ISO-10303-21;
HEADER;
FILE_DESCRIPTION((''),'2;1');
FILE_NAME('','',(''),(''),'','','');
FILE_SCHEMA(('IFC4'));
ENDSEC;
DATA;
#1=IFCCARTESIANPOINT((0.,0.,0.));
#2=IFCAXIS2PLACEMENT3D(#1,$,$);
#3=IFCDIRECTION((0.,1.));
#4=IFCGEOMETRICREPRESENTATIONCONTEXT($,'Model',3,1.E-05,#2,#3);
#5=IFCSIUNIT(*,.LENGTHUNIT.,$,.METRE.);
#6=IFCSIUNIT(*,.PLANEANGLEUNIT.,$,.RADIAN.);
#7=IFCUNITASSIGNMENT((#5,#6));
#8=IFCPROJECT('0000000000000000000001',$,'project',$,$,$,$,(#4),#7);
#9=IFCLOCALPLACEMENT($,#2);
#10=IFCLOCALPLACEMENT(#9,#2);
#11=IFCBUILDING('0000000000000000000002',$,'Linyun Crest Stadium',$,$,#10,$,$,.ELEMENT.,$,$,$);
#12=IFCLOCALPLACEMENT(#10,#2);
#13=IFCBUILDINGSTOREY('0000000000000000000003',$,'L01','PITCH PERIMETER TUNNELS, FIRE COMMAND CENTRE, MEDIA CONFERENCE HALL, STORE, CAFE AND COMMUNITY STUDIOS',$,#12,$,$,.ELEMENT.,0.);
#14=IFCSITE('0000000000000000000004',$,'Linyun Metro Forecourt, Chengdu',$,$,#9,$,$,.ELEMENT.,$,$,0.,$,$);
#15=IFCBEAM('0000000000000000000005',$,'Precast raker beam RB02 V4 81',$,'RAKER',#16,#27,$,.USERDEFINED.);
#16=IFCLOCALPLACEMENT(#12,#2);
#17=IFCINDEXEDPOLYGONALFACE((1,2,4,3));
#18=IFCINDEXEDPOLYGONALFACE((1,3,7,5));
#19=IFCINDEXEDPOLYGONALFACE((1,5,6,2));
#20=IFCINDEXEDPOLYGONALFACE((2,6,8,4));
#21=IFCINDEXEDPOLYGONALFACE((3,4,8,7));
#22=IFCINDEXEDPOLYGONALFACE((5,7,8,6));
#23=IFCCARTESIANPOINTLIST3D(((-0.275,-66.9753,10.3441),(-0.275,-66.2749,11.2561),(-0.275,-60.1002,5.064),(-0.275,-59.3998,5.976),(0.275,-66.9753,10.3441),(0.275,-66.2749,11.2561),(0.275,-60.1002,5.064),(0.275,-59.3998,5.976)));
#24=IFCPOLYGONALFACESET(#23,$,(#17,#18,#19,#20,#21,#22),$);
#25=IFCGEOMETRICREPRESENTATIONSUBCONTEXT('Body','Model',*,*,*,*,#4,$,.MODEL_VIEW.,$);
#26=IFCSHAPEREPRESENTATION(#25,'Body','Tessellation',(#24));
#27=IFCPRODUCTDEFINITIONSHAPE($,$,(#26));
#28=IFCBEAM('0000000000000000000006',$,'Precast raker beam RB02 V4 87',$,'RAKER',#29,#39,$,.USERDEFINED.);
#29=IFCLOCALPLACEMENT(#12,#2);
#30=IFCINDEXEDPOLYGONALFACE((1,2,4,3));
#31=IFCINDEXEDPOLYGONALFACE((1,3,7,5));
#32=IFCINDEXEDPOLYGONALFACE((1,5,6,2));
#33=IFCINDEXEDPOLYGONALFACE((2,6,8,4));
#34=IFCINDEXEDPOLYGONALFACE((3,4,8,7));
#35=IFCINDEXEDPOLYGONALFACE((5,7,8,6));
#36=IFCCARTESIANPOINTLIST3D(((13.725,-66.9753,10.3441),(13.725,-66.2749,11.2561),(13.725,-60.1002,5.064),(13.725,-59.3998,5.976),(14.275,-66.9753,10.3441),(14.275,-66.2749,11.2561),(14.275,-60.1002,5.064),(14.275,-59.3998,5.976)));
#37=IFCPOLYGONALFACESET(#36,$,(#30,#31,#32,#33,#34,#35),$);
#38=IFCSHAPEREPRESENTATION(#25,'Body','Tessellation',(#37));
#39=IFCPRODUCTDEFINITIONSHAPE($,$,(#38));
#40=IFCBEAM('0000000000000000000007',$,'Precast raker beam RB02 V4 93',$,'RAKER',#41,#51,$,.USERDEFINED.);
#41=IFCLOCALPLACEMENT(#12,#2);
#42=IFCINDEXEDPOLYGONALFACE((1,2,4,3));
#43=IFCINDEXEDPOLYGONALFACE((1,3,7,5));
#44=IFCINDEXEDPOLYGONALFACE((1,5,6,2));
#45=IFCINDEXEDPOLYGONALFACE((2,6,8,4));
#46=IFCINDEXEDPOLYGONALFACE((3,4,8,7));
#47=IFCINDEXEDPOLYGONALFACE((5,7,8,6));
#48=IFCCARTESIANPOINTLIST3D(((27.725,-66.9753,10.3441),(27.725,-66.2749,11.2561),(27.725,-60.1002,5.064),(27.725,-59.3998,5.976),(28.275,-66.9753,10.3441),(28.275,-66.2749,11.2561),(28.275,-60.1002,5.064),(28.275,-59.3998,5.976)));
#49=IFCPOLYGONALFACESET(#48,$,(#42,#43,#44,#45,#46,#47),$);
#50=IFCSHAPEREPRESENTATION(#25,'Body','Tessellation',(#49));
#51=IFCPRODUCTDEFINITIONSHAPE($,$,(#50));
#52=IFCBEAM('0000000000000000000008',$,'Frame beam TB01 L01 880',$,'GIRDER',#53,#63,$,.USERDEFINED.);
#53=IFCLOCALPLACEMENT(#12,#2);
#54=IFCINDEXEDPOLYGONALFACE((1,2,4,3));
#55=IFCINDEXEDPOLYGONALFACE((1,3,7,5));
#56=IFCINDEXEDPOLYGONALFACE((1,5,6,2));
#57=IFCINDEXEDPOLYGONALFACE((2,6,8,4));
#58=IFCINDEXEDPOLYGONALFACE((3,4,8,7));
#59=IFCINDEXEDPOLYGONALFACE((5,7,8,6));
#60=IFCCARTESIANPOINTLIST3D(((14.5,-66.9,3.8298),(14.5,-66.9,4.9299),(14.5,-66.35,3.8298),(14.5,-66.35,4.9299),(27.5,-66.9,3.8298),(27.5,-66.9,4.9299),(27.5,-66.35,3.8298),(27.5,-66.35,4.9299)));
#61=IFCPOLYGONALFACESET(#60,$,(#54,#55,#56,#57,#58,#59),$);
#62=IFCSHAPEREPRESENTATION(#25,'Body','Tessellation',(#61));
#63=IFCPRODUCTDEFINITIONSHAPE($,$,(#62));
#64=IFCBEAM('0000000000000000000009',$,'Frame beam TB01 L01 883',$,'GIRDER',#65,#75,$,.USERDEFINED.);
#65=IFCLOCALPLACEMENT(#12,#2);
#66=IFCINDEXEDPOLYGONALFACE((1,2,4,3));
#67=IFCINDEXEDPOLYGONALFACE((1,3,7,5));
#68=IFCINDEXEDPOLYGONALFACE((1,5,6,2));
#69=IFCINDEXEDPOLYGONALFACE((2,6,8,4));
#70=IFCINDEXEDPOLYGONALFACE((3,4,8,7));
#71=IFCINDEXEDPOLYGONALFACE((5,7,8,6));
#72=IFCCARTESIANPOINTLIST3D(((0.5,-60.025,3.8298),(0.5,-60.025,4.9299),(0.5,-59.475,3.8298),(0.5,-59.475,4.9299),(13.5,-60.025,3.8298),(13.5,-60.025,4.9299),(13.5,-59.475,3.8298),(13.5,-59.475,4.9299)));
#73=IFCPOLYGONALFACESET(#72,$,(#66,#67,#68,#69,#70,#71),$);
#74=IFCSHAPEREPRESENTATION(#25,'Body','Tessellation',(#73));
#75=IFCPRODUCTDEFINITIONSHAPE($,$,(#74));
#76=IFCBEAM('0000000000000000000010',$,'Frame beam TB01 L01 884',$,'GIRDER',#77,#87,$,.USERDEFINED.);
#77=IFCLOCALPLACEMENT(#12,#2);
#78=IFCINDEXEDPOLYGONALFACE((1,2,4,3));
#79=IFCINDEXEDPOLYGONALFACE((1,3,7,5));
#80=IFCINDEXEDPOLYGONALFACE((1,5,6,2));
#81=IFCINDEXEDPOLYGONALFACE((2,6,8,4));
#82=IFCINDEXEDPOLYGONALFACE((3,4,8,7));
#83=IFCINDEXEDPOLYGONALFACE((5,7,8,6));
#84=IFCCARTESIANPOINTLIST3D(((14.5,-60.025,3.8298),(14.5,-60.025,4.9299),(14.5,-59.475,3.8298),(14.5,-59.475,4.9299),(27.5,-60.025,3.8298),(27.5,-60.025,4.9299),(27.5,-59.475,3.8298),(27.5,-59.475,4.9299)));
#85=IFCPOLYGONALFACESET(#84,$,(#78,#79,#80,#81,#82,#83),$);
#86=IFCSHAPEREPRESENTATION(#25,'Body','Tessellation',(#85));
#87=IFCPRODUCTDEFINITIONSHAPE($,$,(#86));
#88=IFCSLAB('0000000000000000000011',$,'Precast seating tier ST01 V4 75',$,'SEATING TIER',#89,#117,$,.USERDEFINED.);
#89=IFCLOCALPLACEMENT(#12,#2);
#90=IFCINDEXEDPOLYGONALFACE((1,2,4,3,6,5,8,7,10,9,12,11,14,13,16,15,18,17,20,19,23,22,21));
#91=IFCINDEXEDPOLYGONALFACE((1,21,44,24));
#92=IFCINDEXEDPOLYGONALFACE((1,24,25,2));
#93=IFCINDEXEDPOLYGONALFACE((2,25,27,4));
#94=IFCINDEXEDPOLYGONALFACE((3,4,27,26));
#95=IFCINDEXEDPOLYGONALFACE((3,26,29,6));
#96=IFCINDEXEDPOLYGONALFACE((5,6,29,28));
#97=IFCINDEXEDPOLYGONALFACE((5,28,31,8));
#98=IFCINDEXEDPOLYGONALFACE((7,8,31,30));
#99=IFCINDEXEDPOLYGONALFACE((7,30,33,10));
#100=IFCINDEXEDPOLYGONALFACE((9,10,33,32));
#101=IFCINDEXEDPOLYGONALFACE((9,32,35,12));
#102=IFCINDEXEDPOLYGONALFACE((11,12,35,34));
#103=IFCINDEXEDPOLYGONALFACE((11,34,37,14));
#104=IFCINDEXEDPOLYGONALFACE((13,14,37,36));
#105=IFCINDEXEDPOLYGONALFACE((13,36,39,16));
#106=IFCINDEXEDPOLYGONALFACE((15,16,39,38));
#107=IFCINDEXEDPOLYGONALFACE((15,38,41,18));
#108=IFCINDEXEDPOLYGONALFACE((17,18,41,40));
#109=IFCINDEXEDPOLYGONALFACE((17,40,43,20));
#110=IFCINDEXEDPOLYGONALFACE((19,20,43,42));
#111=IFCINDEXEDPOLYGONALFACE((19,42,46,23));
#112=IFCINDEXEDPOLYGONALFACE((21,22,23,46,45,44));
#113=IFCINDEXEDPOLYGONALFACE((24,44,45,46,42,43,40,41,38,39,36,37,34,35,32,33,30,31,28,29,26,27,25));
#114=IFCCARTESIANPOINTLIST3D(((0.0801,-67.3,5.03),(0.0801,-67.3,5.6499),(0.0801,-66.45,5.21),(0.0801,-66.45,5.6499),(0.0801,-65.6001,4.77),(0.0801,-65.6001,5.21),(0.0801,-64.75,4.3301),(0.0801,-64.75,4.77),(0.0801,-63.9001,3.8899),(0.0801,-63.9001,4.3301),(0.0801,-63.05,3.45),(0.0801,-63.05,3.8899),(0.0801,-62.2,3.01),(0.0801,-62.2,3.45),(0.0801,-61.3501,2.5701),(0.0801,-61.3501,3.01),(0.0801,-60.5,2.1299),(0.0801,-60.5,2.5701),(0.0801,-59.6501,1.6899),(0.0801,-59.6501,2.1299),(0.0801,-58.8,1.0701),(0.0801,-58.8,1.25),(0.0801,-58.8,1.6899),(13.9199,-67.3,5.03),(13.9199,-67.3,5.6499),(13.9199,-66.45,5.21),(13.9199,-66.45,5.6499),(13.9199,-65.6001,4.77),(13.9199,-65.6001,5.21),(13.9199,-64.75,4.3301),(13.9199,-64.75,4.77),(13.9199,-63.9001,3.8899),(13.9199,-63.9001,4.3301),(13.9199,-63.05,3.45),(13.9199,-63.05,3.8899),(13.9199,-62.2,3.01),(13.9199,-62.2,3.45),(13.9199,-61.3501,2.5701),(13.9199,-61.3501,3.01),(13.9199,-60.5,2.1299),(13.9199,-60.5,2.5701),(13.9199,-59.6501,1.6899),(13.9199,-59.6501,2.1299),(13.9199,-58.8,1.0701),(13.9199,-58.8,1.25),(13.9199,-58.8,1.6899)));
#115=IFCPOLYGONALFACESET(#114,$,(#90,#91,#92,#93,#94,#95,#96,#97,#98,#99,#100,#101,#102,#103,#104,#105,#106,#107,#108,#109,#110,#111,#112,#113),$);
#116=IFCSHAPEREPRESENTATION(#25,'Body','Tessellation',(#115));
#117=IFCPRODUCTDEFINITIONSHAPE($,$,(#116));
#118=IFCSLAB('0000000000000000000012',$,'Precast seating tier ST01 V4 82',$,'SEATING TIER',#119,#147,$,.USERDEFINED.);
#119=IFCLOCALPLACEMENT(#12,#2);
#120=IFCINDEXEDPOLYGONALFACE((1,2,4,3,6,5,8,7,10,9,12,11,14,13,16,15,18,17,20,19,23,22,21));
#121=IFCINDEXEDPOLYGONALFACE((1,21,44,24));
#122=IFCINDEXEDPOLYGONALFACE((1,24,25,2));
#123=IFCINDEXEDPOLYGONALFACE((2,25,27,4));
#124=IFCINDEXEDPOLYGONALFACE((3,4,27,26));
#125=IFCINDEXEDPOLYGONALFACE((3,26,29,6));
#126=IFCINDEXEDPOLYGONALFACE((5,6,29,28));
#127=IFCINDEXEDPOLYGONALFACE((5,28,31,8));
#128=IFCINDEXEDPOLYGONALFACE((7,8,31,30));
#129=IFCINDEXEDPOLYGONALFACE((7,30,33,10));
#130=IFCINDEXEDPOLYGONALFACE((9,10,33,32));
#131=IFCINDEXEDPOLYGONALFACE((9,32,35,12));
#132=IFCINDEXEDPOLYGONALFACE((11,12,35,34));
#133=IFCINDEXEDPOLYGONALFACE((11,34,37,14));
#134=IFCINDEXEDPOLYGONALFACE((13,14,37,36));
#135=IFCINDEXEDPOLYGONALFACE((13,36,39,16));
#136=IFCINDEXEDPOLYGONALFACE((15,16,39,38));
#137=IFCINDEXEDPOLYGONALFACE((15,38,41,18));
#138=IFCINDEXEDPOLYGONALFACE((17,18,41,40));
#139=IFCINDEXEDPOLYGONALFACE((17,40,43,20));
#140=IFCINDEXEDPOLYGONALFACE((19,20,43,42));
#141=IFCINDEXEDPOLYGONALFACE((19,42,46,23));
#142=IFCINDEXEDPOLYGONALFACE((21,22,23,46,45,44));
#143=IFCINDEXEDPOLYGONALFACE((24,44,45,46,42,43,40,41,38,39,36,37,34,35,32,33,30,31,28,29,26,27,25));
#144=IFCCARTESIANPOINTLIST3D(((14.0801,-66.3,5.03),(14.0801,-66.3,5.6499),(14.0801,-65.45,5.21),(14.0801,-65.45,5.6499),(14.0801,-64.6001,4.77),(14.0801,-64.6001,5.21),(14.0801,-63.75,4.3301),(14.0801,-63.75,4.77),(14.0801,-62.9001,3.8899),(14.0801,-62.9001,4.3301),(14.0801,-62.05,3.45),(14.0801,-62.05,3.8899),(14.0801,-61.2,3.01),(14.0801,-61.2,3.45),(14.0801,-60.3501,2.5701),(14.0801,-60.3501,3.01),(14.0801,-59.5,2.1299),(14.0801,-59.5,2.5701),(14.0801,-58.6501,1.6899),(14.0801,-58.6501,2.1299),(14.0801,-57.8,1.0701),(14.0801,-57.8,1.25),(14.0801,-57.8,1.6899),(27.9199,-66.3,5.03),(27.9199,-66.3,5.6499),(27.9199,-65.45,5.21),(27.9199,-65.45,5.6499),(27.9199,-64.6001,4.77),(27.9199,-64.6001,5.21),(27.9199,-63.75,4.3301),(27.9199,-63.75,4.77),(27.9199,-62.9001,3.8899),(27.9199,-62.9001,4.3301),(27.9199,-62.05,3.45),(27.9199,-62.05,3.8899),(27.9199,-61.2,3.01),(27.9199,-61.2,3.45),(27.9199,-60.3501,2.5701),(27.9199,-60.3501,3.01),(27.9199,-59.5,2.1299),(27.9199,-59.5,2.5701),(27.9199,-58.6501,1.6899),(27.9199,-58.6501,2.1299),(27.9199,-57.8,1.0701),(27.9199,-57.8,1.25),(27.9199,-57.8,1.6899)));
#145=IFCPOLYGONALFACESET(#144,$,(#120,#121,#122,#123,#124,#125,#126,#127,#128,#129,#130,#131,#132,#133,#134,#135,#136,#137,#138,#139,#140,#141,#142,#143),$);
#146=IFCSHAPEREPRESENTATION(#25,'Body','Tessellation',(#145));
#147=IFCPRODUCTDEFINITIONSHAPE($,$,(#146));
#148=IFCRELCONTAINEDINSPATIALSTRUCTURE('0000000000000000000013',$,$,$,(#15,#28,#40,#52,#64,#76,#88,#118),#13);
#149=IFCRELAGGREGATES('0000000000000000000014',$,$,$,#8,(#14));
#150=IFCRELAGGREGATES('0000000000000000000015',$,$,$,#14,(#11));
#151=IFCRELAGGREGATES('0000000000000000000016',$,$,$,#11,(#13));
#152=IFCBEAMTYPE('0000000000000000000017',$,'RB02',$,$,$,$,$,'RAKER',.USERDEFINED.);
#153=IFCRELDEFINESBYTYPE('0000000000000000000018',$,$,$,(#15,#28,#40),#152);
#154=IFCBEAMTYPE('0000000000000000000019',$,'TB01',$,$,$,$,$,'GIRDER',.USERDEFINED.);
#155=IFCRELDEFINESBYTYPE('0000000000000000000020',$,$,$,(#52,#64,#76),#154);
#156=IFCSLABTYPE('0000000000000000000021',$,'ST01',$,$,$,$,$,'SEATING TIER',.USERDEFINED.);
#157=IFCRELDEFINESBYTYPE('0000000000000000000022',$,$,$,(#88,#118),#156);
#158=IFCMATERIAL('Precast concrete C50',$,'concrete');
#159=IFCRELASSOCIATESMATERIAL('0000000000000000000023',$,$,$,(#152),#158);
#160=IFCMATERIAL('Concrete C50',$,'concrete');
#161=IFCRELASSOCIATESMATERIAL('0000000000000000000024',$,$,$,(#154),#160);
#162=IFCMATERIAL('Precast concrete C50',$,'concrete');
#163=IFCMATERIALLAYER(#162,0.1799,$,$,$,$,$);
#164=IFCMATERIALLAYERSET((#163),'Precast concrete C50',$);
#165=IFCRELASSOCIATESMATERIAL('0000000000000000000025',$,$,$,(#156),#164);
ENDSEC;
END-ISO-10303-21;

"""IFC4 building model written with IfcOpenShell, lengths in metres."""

from ifc_helpers import new_model, si_unit, direction, frame, origin, origin_2d, place, context, subcontext, project, spatial, polyline, rectangle, outline, extrude, material, layer, layer_set, material_profile, profile_set, type_object, element, save


model = new_model("IFC4")

# Units and contexts
model_context = context("Model", 3, precision=1e-05, world=origin(), true_north=direction((0.0, 1.0)))
body_context = subcontext(model_context, "Body", "Model", "MODEL_VIEW")
ifc_project = project(units=[si_unit("LENGTHUNIT", "METRE"), si_unit("PLANEANGLEUNIT", "RADIAN")], contexts=[model_context])

# Site, building, storey
site_placement = place(None, origin())
site = spatial("IfcSite", under=ifc_project, at=site_placement, Name="Linyun Metro Forecourt, Chengdu", CompositionType="ELEMENT", RefElevation=0.0)
building_placement = place(site_placement, origin())
building = spatial("IfcBuilding", under=site, at=building_placement, Name="Linyun Crest Stadium", CompositionType="ELEMENT")
storey_placement = place(building_placement, origin())
storey = spatial("IfcBuildingStorey", under=building, at=storey_placement, Name="L01", Description="PITCH PERIMETER TUNNELS, FIRE COMMAND CENTRE, MEDIA CONFERENCE HALL, STORE, CAFE AND COMMUNITY STUDIOS", CompositionType="ELEMENT", Elevation=0.0)

# Beams
ifc_material_1 = material(Name="Precast concrete C50", Category="concrete")
ifc_material_profile_1 = material_profile(ifc_material_1, rectangle(XDim=0.55, YDim=1.1499, at=origin_2d()), Name="PCR 1150x550")
ifc_profile_set_1 = profile_set([ifc_material_profile_1], Name="Precast concrete C50")
beam_type_1 = type_object("IfcBeamType", Name="RB02", ElementType="RAKER", PredefinedType="USERDEFINED", material=ifc_profile_set_1)
for number, where, z_axis, x_axis, name in (
    (1, (0.0, -59.75, 5.52), (0.0, -0.793094, 0.609099), (1.0, 0.0, 0.0), "Precast raker beam RB02 V4 81"),
    (2, (14.0, -59.75, 5.52), (0.0, -0.793094, 0.609099), (1.0, 0.0, 0.0), "Precast raker beam RB02 V4 87"),
    (3, (28.0, -59.75, 5.52), (0.0, -0.793094, 0.609099), (1.0, 0.0, 0.0), "Precast raker beam RB02 V4 93"),
):
    element("IfcBeam", number, at=place(storey_placement, frame(where, z_axis=z_axis, x_axis=x_axis)), inside=storey, type_object=beam_type_1, Name=name, ObjectType="RAKER", PredefinedType="USERDEFINED", context=body_context, shape_type="SweptSolid", body=[
        extrude(rectangle(XDim=0.55, YDim=1.1499, at=origin_2d()), origin(), (0.0, 0.0, 1.0), 8.6687),
    ])
ifc_material_2 = material(Name="Concrete C50", Category="concrete")
ifc_material_profile_2 = material_profile(ifc_material_2, rectangle(XDim=0.55, YDim=1.1001, at=origin_2d()), Name="RCB 1100x550")
ifc_profile_set_2 = profile_set([ifc_material_profile_2], Name="Concrete C50")
beam_type_2 = type_object("IfcBeamType", Name="TB01", ElementType="GIRDER", PredefinedType="USERDEFINED", material=ifc_profile_set_2)
for number, where, z_axis, x_axis, name in (
    (4, (14.5, -66.625, 4.3799), (1.0, 0.0, 0.0), (0.0, 1.0, 0.0), "Frame beam TB01 L01 880"),
    (5, (0.5, -59.75, 4.3799), (1.0, 0.0, 0.0), (0.0, 1.0, 0.0), "Frame beam TB01 L01 883"),
    (6, (14.5, -59.75, 4.3799), (1.0, 0.0, 0.0), (0.0, 1.0, 0.0), "Frame beam TB01 L01 884"),
):
    element("IfcBeam", number, at=place(storey_placement, frame(where, z_axis=z_axis, x_axis=x_axis)), inside=storey, type_object=beam_type_2, Name=name, ObjectType="GIRDER", PredefinedType="USERDEFINED", context=body_context, shape_type="SweptSolid", body=[
        extrude(rectangle(XDim=0.55, YDim=1.1001, at=origin_2d()), origin(), (0.0, 0.0, 1.0), 13.0),
    ])

# Slabs
ifc_material_3 = material(Name="Precast concrete C50", Category="concrete")
ifc_layer = layer(ifc_material_3, 0.1799)
ifc_layer_set = layer_set([ifc_layer], Name="Precast concrete C50")
slab_type = type_object("IfcSlabType", Name="ST01", ElementType="SEATING TIER", PredefinedType="USERDEFINED", material=ifc_layer_set)
for number, where, z_axis, x_axis, name in (
    (7, (0.0801, -58.8, 1.25), (0.0, 0.0, 1.0), (0.0, -1.0, 0.0), "Precast seating tier ST01 V4 75"),
    (8, (14.0801, -57.8, 1.25), (0.0, 0.0, 1.0), (0.0, -1.0, 0.0), "Precast seating tier ST01 V4 82"),
):
    element("IfcSlab", number, at=place(storey_placement, frame(where, z_axis=z_axis, x_axis=x_axis)), inside=storey, type_object=slab_type, Name=name, ObjectType="SEATING TIER", PredefinedType="USERDEFINED", context=body_context, shape_type="SweptSolid", body=[
        extrude(outline(polyline([(0.0, 0.0), (0.0, -0.4399), (0.8501, -0.4399), (0.8501, -0.8799), (1.7, -0.8799), (1.7, -1.3201), (2.55, -1.3201), (2.55, -1.76), (3.3999, -1.76), (3.3999, -2.2), (4.25, -2.2), (4.25, -2.6399), (5.1001, -2.6399), (5.1001, -3.0801), (5.95, -3.0801), (5.95, -3.52), (6.8, -3.52), (6.8, -3.96), (7.6499, -3.96), (7.6499, -4.3999), (8.5, -4.3999), (8.5, -3.78), (0.0, 0.1799), (0.0, 0.0)])), frame((0.0, 0.0, 0.0), z_axis=(0.0, 1.0, 0.0), x_axis=(1.0, 0.0, 0.0)), (0.0, 0.0, 1.0), 13.8398),
    ])

save(model, "model.ifc")
